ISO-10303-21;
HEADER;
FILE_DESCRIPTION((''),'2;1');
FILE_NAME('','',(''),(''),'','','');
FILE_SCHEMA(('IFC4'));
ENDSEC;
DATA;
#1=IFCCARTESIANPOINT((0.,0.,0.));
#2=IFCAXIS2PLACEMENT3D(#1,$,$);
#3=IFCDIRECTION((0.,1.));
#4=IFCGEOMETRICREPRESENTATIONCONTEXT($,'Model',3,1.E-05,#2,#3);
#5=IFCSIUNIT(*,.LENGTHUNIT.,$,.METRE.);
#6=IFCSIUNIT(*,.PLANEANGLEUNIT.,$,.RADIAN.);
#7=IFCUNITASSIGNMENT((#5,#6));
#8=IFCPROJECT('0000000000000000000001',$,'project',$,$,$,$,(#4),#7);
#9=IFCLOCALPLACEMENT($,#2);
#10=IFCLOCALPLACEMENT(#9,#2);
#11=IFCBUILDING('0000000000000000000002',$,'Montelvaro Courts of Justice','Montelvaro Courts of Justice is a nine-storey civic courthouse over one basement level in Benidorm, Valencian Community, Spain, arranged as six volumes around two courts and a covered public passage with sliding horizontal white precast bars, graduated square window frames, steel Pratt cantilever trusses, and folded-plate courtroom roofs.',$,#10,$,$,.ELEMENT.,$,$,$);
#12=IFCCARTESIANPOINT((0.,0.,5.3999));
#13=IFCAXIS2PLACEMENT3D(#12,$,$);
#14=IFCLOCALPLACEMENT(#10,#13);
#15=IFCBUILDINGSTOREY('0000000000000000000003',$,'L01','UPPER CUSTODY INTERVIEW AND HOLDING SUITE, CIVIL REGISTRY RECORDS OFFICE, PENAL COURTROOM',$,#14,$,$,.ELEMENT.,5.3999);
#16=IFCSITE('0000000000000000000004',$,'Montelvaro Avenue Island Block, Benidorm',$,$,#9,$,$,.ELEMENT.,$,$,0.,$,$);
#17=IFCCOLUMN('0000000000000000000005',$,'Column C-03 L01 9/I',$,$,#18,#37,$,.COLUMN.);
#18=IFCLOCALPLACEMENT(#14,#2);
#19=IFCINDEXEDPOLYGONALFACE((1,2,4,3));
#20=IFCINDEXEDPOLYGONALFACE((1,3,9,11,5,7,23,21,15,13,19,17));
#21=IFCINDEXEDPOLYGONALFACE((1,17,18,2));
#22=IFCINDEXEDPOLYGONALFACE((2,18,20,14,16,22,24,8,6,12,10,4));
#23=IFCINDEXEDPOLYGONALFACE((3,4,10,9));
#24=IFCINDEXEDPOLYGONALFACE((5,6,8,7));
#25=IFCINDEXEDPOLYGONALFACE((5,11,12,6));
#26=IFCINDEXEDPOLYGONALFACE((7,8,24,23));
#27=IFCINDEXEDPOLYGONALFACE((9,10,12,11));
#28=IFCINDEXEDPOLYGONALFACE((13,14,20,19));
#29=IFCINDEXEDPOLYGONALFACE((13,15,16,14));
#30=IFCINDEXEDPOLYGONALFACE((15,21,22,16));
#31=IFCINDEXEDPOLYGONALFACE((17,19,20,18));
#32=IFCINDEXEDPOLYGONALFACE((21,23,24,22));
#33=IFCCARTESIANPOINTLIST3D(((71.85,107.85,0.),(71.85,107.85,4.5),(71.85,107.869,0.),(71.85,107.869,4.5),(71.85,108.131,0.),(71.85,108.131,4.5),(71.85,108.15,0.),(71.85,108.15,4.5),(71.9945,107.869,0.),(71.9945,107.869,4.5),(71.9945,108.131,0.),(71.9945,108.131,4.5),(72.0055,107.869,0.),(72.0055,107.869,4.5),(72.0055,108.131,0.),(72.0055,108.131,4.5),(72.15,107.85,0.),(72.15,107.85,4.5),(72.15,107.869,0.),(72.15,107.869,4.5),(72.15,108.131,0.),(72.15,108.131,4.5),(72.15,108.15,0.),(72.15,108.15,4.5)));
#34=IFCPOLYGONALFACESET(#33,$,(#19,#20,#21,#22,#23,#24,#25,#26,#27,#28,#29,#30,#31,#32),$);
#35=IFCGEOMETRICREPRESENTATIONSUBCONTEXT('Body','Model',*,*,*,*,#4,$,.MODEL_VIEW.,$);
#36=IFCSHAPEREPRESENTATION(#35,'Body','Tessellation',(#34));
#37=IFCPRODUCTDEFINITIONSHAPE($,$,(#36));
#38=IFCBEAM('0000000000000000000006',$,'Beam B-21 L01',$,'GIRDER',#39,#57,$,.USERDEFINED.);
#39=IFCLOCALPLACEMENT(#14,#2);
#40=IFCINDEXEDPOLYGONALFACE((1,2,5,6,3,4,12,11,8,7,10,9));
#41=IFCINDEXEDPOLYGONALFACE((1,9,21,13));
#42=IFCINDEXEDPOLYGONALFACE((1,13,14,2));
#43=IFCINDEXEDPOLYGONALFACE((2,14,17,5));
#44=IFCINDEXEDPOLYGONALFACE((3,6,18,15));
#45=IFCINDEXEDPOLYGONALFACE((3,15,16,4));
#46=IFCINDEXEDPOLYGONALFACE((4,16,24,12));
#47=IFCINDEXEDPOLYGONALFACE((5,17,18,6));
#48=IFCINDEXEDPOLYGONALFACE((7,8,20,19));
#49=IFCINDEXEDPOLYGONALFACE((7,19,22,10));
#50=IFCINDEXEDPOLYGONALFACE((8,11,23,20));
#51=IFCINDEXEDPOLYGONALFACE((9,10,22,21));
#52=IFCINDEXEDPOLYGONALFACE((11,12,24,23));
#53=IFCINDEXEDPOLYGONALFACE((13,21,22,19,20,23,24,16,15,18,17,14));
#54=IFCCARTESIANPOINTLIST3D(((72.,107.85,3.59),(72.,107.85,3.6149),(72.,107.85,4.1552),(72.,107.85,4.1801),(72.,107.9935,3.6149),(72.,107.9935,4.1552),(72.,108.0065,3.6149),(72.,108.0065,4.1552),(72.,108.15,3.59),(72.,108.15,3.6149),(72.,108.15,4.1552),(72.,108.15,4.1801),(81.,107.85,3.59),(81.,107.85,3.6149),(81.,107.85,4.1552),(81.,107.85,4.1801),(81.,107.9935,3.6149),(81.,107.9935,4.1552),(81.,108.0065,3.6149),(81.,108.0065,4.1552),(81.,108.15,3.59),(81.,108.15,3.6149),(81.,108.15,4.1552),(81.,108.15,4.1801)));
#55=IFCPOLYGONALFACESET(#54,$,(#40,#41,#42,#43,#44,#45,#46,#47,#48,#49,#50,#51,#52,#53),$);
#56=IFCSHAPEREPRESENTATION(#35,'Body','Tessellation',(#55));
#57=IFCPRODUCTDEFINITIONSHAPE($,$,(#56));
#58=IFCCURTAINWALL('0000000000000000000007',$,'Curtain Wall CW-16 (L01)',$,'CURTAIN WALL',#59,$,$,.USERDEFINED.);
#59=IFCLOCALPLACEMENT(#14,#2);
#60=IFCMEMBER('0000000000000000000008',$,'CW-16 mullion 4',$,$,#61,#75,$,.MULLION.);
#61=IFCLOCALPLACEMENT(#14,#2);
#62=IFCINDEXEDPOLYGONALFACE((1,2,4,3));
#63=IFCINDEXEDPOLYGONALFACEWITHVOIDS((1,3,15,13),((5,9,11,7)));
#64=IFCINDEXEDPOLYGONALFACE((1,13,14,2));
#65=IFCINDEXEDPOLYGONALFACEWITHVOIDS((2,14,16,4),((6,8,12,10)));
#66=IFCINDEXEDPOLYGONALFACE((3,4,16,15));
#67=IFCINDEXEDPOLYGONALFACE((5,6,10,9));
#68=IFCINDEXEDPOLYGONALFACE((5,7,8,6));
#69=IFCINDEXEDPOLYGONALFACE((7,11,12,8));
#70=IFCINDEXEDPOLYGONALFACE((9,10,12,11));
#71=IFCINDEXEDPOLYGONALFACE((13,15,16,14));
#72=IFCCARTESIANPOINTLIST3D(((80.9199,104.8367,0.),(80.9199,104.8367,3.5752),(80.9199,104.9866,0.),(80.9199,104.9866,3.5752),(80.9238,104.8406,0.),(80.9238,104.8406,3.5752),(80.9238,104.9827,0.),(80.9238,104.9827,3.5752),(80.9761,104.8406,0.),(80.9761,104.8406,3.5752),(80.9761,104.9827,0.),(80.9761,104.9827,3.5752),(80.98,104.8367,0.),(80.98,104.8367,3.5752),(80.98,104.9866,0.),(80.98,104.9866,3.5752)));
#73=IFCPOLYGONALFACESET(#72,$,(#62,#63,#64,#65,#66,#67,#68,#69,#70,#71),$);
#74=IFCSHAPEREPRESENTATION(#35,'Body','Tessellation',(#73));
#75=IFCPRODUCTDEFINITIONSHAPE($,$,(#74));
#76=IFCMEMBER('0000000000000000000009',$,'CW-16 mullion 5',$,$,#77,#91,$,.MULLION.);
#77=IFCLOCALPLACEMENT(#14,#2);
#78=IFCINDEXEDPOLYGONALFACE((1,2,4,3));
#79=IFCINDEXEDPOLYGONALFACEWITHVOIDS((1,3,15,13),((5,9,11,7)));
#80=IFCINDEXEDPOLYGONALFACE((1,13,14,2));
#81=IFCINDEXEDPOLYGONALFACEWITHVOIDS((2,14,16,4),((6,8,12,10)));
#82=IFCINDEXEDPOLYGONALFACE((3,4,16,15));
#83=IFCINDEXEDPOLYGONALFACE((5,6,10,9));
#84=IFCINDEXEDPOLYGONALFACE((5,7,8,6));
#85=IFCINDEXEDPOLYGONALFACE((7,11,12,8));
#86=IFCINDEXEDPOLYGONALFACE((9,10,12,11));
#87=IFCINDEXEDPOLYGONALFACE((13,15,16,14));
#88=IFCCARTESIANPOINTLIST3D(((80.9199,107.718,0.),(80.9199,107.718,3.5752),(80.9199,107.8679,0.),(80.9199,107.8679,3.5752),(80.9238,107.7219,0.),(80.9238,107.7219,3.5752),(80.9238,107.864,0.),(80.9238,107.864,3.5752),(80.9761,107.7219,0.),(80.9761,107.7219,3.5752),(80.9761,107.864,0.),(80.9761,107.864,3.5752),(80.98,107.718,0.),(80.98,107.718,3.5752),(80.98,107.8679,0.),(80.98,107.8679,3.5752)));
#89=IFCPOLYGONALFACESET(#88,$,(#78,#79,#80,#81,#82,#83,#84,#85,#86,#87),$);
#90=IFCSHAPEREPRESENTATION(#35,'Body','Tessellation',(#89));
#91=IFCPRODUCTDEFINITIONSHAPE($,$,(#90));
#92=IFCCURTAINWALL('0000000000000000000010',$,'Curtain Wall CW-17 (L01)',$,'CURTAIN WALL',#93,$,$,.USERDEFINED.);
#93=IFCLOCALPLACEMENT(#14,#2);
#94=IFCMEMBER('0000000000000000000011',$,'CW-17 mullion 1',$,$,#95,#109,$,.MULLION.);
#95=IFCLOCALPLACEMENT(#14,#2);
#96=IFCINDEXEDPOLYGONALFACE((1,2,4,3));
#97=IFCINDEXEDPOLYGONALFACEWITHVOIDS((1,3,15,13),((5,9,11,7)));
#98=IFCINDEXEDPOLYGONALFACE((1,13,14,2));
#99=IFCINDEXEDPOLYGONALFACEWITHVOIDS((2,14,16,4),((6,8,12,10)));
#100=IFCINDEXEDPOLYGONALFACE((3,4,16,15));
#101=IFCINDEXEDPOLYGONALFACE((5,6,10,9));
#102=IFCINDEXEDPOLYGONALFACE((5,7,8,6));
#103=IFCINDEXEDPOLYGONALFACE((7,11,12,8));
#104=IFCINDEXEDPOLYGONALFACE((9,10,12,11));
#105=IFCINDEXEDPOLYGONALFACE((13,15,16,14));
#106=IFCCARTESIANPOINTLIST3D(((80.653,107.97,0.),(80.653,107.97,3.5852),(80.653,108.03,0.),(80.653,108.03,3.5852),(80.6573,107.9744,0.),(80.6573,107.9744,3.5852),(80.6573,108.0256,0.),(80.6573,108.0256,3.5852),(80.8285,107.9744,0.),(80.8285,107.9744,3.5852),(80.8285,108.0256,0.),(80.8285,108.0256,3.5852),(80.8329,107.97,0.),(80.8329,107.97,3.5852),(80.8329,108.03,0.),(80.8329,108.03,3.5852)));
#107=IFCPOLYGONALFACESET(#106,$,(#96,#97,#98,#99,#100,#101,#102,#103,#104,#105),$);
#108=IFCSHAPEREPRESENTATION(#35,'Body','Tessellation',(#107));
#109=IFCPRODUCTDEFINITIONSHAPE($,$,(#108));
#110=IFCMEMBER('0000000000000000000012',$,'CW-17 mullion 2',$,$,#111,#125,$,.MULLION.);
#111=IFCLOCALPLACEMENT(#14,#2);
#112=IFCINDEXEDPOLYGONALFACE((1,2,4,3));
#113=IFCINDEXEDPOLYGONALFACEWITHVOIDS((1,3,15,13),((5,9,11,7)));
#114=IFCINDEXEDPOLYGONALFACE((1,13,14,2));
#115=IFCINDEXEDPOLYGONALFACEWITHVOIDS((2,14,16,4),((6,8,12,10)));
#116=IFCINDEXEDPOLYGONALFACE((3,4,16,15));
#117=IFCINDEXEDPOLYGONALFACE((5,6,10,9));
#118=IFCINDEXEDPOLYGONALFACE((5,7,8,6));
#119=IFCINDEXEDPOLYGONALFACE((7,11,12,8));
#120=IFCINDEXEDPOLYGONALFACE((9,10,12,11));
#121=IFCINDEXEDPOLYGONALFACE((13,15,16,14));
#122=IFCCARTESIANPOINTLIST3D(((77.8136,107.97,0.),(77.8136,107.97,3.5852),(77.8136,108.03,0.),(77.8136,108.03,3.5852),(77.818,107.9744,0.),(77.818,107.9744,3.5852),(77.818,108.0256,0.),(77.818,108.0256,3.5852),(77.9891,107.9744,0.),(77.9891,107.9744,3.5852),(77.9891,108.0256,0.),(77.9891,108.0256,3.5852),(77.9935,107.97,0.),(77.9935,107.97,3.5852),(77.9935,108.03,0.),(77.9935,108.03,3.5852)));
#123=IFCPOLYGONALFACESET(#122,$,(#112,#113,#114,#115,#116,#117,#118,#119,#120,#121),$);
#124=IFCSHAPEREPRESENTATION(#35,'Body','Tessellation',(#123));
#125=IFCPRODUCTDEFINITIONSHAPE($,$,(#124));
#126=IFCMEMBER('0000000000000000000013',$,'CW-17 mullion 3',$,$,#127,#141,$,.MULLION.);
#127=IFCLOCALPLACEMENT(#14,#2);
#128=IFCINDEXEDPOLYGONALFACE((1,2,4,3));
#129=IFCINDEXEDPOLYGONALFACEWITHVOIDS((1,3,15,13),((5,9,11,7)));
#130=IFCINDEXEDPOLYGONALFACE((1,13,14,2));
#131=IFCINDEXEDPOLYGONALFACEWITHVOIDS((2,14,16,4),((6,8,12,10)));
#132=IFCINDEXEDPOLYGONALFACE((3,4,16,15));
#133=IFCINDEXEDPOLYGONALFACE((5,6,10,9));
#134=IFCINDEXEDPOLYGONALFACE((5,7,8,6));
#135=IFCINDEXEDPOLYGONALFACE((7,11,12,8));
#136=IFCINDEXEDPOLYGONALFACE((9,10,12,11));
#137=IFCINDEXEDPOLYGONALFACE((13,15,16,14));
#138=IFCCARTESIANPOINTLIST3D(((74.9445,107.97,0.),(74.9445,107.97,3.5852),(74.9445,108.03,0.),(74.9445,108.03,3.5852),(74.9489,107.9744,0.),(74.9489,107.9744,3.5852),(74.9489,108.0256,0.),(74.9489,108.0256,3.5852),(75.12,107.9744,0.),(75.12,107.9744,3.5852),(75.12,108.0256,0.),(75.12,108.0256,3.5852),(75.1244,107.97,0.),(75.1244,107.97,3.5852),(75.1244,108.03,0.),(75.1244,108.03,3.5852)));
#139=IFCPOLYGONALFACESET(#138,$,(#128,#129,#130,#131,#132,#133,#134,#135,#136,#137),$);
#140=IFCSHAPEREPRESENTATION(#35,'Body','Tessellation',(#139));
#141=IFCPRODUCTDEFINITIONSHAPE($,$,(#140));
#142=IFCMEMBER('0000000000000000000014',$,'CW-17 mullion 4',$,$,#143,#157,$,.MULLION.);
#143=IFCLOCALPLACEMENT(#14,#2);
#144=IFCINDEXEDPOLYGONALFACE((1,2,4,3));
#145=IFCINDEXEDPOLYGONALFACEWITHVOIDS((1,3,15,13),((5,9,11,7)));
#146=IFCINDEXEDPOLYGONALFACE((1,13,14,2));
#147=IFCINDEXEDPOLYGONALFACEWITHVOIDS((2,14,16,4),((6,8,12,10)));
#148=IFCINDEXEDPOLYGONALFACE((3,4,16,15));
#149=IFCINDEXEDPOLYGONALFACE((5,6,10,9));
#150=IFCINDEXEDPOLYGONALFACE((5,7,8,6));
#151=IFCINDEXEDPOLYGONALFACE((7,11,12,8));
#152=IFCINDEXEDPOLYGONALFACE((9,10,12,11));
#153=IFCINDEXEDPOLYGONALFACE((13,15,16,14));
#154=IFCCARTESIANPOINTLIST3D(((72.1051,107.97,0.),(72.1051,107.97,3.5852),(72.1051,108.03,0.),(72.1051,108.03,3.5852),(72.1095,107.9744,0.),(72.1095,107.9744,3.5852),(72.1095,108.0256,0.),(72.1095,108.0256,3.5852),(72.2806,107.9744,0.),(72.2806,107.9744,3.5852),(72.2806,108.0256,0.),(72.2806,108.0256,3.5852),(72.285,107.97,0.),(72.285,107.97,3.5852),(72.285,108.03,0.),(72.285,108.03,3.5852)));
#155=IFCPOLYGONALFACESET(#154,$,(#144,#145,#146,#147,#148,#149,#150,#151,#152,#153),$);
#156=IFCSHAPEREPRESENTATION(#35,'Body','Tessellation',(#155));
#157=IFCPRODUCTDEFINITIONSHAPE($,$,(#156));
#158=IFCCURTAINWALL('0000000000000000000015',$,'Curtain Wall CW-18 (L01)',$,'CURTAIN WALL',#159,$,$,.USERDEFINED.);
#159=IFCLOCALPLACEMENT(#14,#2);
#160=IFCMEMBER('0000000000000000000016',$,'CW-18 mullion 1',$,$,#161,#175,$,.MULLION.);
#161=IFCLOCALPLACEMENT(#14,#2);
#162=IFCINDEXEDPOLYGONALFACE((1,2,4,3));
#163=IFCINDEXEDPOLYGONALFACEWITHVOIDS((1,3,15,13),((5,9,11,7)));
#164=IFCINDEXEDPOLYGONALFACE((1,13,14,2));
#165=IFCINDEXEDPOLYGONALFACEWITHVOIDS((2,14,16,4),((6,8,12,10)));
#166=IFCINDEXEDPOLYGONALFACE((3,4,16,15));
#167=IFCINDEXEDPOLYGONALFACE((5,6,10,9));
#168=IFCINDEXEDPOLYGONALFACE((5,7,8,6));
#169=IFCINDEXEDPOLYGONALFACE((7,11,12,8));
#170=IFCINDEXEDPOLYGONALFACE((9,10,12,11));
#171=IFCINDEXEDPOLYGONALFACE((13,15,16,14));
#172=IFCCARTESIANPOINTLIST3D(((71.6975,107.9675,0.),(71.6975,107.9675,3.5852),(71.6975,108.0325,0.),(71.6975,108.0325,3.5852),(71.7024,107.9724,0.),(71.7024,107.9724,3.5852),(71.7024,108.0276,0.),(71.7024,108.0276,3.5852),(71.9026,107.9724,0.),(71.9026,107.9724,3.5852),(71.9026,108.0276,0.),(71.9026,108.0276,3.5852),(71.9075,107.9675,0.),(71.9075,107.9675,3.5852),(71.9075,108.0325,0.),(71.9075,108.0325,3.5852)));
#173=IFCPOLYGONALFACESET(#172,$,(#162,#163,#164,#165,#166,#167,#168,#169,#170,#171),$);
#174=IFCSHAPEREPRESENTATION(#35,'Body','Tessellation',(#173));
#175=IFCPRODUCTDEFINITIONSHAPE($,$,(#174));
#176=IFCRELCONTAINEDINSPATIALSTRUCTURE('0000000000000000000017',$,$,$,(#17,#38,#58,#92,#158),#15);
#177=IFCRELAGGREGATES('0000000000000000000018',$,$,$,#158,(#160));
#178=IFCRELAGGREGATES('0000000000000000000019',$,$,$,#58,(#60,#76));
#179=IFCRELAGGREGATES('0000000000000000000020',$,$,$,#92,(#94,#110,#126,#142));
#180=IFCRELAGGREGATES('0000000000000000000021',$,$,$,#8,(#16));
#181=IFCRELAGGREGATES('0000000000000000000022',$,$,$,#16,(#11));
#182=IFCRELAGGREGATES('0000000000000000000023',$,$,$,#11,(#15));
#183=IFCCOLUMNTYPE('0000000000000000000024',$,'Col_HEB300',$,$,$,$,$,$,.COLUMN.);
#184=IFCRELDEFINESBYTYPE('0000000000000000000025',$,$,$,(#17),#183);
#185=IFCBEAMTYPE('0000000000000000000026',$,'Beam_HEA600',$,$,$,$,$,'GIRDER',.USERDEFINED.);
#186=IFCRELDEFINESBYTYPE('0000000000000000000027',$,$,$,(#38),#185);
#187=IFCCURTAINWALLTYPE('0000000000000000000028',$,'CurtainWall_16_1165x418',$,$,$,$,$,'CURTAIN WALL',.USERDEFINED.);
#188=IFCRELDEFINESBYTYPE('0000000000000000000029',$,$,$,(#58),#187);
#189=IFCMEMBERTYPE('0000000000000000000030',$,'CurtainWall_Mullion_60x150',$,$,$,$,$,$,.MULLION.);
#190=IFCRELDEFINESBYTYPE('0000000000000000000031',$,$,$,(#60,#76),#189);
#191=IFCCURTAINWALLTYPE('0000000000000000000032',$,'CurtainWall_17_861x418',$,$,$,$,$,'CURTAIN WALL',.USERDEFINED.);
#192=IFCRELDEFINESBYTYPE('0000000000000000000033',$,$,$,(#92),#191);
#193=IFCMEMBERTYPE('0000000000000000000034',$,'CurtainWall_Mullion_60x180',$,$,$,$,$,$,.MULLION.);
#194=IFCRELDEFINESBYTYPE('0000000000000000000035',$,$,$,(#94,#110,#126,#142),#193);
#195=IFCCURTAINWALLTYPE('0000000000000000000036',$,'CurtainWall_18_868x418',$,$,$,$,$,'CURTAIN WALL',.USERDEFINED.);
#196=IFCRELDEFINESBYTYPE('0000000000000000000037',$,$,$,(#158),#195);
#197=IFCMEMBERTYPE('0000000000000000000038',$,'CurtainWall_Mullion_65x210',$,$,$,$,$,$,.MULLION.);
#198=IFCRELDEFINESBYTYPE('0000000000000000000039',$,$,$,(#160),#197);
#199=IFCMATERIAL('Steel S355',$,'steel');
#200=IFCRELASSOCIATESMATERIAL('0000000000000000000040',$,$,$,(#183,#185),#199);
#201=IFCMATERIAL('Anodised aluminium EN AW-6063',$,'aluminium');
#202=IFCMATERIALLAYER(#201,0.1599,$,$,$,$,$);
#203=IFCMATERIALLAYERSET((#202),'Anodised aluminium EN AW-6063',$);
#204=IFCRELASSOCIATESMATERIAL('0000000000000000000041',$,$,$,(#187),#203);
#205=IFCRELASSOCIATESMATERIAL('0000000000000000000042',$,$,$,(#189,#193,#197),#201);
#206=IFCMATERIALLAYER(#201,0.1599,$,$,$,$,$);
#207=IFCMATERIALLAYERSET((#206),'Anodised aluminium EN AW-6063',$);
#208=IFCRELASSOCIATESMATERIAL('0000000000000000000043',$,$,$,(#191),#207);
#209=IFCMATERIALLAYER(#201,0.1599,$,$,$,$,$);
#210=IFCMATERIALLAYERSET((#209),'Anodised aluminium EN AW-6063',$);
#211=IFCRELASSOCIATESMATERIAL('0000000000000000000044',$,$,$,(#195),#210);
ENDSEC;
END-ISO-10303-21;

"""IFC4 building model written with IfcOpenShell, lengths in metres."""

from ifc_helpers import new_model, si_unit, direction, frame, origin, origin_2d, place, context, subcontext, project, spatial, hollow_rectangle, i_section, extrude, material, layer, layer_set, material_profile, profile_set, type_object, element, aggregate, save


model = new_model("IFC4")

# Units and contexts
model_context = context("Model", 3, precision=1e-05, world=origin(), true_north=direction((0.0, 1.0)))
body_context = subcontext(model_context, "Body", "Model", "MODEL_VIEW")
ifc_project = project(units=[si_unit("LENGTHUNIT", "METRE"), si_unit("PLANEANGLEUNIT", "RADIAN")], contexts=[model_context])

# Site, building, storey
site_placement = place(None, origin())
site = spatial("IfcSite", under=ifc_project, at=site_placement, Name="Montelvaro Avenue Island Block, Benidorm", CompositionType="ELEMENT", RefElevation=0.0)
building_placement = place(site_placement, origin())
building = spatial("IfcBuilding", under=site, at=building_placement, Name="Montelvaro Courts of Justice", Description="Montelvaro Courts of Justice is a nine-storey civic courthouse over one basement level in Benidorm, Valencian Community, Spain, arranged as six volumes around two courts and a covered public passage with sliding horizontal white precast bars, graduated square window frames, steel Pratt cantilever trusses, and folded-plate courtroom roofs.", CompositionType="ELEMENT")
storey_placement = place(building_placement, frame((0.0, 0.0, 5.3999)))
storey = spatial("IfcBuildingStorey", under=building, at=storey_placement, Name="L01", Description="UPPER CUSTODY INTERVIEW AND HOLDING SUITE, CIVIL REGISTRY RECORDS OFFICE, PENAL COURTROOM", CompositionType="ELEMENT", Elevation=5.3999)

# Column
ifc_material_1 = material(Name="Steel S355", Category="steel")
ifc_material_profile_1 = material_profile(ifc_material_1, i_section(OverallWidth=0.3, OverallDepth=0.3, WebThickness=0.011, FlangeThickness=0.019, at=origin_2d()), Name="HEB 300")
ifc_profile_set_1 = profile_set([ifc_material_profile_1], Name="Steel S355")
column_type = type_object("IfcColumnType", Name="Col_HEB300", PredefinedType="COLUMN", material=ifc_profile_set_1)
column_placement = place(storey_placement, frame((72.0, 108.0, 0.0), z_axis=(0.0, 0.0, 1.0), x_axis=(1.0, 0.0, 0.0)))
element("IfcColumn", 1, at=column_placement, inside=storey, type_object=column_type, Name="Column C-03 L01 9/I", PredefinedType="COLUMN", context=body_context, shape_type="SweptSolid", body=[
    extrude(i_section(OverallWidth=0.3, OverallDepth=0.3, WebThickness=0.011, FlangeThickness=0.019, at=origin_2d()), origin(), (0.0, 0.0, 1.0), 4.5),
])

# Beam
ifc_material_profile_2 = material_profile(ifc_material_1, i_section(OverallWidth=0.3, OverallDepth=0.5901, WebThickness=0.0129, FlangeThickness=0.0249, at=origin_2d()), Name="HEA 600")
ifc_profile_set_2 = profile_set([ifc_material_profile_2], Name="Steel S355")
beam_type = type_object("IfcBeamType", Name="Beam_HEA600", ElementType="GIRDER", PredefinedType="USERDEFINED", material=ifc_profile_set_2)
beam_placement = place(storey_placement, frame((72.0, 108.0, 3.885), z_axis=(1.0, 0.0, 0.0), x_axis=(0.0, 1.0, 0.0)))
element("IfcBeam", 2, at=beam_placement, inside=storey, type_object=beam_type, Name="Beam B-21 L01", ObjectType="GIRDER", PredefinedType="USERDEFINED", context=body_context, shape_type="SweptSolid", body=[
    extrude(i_section(OverallWidth=0.3, OverallDepth=0.5901, WebThickness=0.0129, FlangeThickness=0.0249, at=origin_2d()), origin(), (0.0, 0.0, 1.0), 9.0),
])

# Curtain walls, members
ifc_material_2 = material(Name="Anodised aluminium EN AW-6063", Category="aluminium")
ifc_layer_1 = layer(ifc_material_2, 0.1599)
ifc_layer_set_1 = layer_set([ifc_layer_1], Name="Anodised aluminium EN AW-6063")
curtain_wall_type_1 = type_object("IfcCurtainWallType", Name="CurtainWall_16_1165x418", ElementType="CURTAIN WALL", PredefinedType="USERDEFINED", material=ifc_layer_set_1)
curtain_wall_1_placement = place(storey_placement, origin())
curtain_wall_1 = element("IfcCurtainWall", 3, at=curtain_wall_1_placement, inside=storey, type_object=curtain_wall_type_1, Name="Curtain Wall CW-16 (L01)", ObjectType="CURTAIN WALL", PredefinedType="USERDEFINED")
ifc_material_profile_3 = material_profile(ifc_material_2, hollow_rectangle(XDim=0.0601, YDim=0.1499, WallThickness=0.0039, at=origin_2d()), Name="ALU-M 60x150")
ifc_profile_set_3 = profile_set([ifc_material_profile_3], Name="Anodised aluminium EN AW-6063")
member_type_1 = type_object("IfcMemberType", Name="CurtainWall_Mullion_60x150", PredefinedType="MULLION", material=ifc_profile_set_3)
member_1_placement = place(storey_placement, frame((80.95, 104.9116, 0.0), z_axis=(0.0, 0.0, 1.0), x_axis=(-1.0, 0.0, 0.0)))
member_1 = element("IfcMember", 4, at=member_1_placement, type_object=member_type_1, Name="CW-16 mullion 4", PredefinedType="MULLION", context=body_context, shape_type="SweptSolid", body=[
    extrude(hollow_rectangle(XDim=0.0601, YDim=0.1499, WallThickness=0.0039, at=origin_2d()), origin(), (0.0, 0.0, 1.0), 3.5752),
])
member_2_placement = place(storey_placement, frame((80.95, 107.793, 0.0), z_axis=(0.0, 0.0, 1.0), x_axis=(-1.0, 0.0, 0.0)))
member_2 = element("IfcMember", 5, at=member_2_placement, type_object=member_type_1, Name="CW-16 mullion 5", PredefinedType="MULLION", context=body_context, shape_type="SweptSolid", body=[
    extrude(hollow_rectangle(XDim=0.0601, YDim=0.1499, WallThickness=0.0039, at=origin_2d()), origin(), (0.0, 0.0, 1.0), 3.5752),
])
ifc_layer_2 = layer(ifc_material_2, 0.1599)
ifc_layer_set_2 = layer_set([ifc_layer_2], Name="Anodised aluminium EN AW-6063")
curtain_wall_type_2 = type_object("IfcCurtainWallType", Name="CurtainWall_17_861x418", ElementType="CURTAIN WALL", PredefinedType="USERDEFINED", material=ifc_layer_set_2)
curtain_wall_2_placement = place(storey_placement, origin())
curtain_wall_2 = element("IfcCurtainWall", 6, at=curtain_wall_2_placement, inside=storey, type_object=curtain_wall_type_2, Name="Curtain Wall CW-17 (L01)", ObjectType="CURTAIN WALL", PredefinedType="USERDEFINED")
ifc_material_profile_4 = material_profile(ifc_material_2, hollow_rectangle(XDim=0.0601, YDim=0.1799, WallThickness=0.0044, at=origin_2d()), Name="ALU-M 60x180")
ifc_profile_set_4 = profile_set([ifc_material_profile_4], Name="Anodised aluminium EN AW-6063")
member_type_2 = type_object("IfcMemberType", Name="CurtainWall_Mullion_60x180", PredefinedType="MULLION", material=ifc_profile_set_4)
member_3_placement = place(storey_placement, frame((80.7429, 108.0, 0.0), z_axis=(0.0, 0.0, 1.0), x_axis=(0.0, -1.0, 0.0)))
member_3 = element("IfcMember", 7, at=member_3_placement, type_object=member_type_2, Name="CW-17 mullion 1", PredefinedType="MULLION", context=body_context, shape_type="SweptSolid", body=[
    extrude(hollow_rectangle(XDim=0.0601, YDim=0.1799, WallThickness=0.0044, at=origin_2d()), origin(), (0.0, 0.0, 1.0), 3.5852),
])
member_4_placement = place(storey_placement, frame((77.9036, 108.0, 0.0), z_axis=(0.0, 0.0, 1.0), x_axis=(0.0, -1.0, 0.0)))
member_4 = element("IfcMember", 8, at=member_4_placement, type_object=member_type_2, Name="CW-17 mullion 2", PredefinedType="MULLION", context=body_context, shape_type="SweptSolid", body=[
    extrude(hollow_rectangle(XDim=0.0601, YDim=0.1799, WallThickness=0.0044, at=origin_2d()), origin(), (0.0, 0.0, 1.0), 3.5852),
])
member_5_placement = place(storey_placement, frame((75.0344, 108.0, 0.0), z_axis=(0.0, 0.0, 1.0), x_axis=(0.0, -1.0, 0.0)))
member_5 = element("IfcMember", 9, at=member_5_placement, type_object=member_type_2, Name="CW-17 mullion 3", PredefinedType="MULLION", context=body_context, shape_type="SweptSolid", body=[
    extrude(hollow_rectangle(XDim=0.0601, YDim=0.1799, WallThickness=0.0044, at=origin_2d()), origin(), (0.0, 0.0, 1.0), 3.5852),
])
member_6_placement = place(storey_placement, frame((72.1951, 108.0, 0.0), z_axis=(0.0, 0.0, 1.0), x_axis=(0.0, -1.0, 0.0)))
member_6 = element("IfcMember", 10, at=member_6_placement, type_object=member_type_2, Name="CW-17 mullion 4", PredefinedType="MULLION", context=body_context, shape_type="SweptSolid", body=[
    extrude(hollow_rectangle(XDim=0.0601, YDim=0.1799, WallThickness=0.0044, at=origin_2d()), origin(), (0.0, 0.0, 1.0), 3.5852),
])

# Curtain wall, member
ifc_layer_3 = layer(ifc_material_2, 0.1599)
ifc_layer_set_3 = layer_set([ifc_layer_3], Name="Anodised aluminium EN AW-6063")
curtain_wall_type_3 = type_object("IfcCurtainWallType", Name="CurtainWall_18_868x418", ElementType="CURTAIN WALL", PredefinedType="USERDEFINED", material=ifc_layer_set_3)
curtain_wall_3_placement = place(storey_placement, origin())
curtain_wall_3 = element("IfcCurtainWall", 11, at=curtain_wall_3_placement, inside=storey, type_object=curtain_wall_type_3, Name="Curtain Wall CW-18 (L01)", ObjectType="CURTAIN WALL", PredefinedType="USERDEFINED")
ifc_material_profile_5 = material_profile(ifc_material_2, hollow_rectangle(XDim=0.0649, YDim=0.21, WallThickness=0.0049, at=origin_2d()), Name="ALU-M 65x210")
ifc_profile_set_5 = profile_set([ifc_material_profile_5], Name="Anodised aluminium EN AW-6063")
member_type_3 = type_object("IfcMemberType", Name="CurtainWall_Mullion_65x210", PredefinedType="MULLION", material=ifc_profile_set_5)
member_7_placement = place(storey_placement, frame((71.8025, 108.0, 0.0), z_axis=(0.0, 0.0, 1.0), x_axis=(0.0, -1.0, 0.0)))
member_7 = element("IfcMember", 12, at=member_7_placement, type_object=member_type_3, Name="CW-18 mullion 1", PredefinedType="MULLION", context=body_context, shape_type="SweptSolid", body=[
    extrude(hollow_rectangle(XDim=0.0649, YDim=0.21, WallThickness=0.0049, at=origin_2d()), origin(), (0.0, 0.0, 1.0), 3.5852),
])

aggregate(curtain_wall_3, [member_7])

aggregate(curtain_wall_1, [member_1, member_2])
aggregate(curtain_wall_2, [member_3, member_4, member_5, member_6])

save(model, "model.ifc")
